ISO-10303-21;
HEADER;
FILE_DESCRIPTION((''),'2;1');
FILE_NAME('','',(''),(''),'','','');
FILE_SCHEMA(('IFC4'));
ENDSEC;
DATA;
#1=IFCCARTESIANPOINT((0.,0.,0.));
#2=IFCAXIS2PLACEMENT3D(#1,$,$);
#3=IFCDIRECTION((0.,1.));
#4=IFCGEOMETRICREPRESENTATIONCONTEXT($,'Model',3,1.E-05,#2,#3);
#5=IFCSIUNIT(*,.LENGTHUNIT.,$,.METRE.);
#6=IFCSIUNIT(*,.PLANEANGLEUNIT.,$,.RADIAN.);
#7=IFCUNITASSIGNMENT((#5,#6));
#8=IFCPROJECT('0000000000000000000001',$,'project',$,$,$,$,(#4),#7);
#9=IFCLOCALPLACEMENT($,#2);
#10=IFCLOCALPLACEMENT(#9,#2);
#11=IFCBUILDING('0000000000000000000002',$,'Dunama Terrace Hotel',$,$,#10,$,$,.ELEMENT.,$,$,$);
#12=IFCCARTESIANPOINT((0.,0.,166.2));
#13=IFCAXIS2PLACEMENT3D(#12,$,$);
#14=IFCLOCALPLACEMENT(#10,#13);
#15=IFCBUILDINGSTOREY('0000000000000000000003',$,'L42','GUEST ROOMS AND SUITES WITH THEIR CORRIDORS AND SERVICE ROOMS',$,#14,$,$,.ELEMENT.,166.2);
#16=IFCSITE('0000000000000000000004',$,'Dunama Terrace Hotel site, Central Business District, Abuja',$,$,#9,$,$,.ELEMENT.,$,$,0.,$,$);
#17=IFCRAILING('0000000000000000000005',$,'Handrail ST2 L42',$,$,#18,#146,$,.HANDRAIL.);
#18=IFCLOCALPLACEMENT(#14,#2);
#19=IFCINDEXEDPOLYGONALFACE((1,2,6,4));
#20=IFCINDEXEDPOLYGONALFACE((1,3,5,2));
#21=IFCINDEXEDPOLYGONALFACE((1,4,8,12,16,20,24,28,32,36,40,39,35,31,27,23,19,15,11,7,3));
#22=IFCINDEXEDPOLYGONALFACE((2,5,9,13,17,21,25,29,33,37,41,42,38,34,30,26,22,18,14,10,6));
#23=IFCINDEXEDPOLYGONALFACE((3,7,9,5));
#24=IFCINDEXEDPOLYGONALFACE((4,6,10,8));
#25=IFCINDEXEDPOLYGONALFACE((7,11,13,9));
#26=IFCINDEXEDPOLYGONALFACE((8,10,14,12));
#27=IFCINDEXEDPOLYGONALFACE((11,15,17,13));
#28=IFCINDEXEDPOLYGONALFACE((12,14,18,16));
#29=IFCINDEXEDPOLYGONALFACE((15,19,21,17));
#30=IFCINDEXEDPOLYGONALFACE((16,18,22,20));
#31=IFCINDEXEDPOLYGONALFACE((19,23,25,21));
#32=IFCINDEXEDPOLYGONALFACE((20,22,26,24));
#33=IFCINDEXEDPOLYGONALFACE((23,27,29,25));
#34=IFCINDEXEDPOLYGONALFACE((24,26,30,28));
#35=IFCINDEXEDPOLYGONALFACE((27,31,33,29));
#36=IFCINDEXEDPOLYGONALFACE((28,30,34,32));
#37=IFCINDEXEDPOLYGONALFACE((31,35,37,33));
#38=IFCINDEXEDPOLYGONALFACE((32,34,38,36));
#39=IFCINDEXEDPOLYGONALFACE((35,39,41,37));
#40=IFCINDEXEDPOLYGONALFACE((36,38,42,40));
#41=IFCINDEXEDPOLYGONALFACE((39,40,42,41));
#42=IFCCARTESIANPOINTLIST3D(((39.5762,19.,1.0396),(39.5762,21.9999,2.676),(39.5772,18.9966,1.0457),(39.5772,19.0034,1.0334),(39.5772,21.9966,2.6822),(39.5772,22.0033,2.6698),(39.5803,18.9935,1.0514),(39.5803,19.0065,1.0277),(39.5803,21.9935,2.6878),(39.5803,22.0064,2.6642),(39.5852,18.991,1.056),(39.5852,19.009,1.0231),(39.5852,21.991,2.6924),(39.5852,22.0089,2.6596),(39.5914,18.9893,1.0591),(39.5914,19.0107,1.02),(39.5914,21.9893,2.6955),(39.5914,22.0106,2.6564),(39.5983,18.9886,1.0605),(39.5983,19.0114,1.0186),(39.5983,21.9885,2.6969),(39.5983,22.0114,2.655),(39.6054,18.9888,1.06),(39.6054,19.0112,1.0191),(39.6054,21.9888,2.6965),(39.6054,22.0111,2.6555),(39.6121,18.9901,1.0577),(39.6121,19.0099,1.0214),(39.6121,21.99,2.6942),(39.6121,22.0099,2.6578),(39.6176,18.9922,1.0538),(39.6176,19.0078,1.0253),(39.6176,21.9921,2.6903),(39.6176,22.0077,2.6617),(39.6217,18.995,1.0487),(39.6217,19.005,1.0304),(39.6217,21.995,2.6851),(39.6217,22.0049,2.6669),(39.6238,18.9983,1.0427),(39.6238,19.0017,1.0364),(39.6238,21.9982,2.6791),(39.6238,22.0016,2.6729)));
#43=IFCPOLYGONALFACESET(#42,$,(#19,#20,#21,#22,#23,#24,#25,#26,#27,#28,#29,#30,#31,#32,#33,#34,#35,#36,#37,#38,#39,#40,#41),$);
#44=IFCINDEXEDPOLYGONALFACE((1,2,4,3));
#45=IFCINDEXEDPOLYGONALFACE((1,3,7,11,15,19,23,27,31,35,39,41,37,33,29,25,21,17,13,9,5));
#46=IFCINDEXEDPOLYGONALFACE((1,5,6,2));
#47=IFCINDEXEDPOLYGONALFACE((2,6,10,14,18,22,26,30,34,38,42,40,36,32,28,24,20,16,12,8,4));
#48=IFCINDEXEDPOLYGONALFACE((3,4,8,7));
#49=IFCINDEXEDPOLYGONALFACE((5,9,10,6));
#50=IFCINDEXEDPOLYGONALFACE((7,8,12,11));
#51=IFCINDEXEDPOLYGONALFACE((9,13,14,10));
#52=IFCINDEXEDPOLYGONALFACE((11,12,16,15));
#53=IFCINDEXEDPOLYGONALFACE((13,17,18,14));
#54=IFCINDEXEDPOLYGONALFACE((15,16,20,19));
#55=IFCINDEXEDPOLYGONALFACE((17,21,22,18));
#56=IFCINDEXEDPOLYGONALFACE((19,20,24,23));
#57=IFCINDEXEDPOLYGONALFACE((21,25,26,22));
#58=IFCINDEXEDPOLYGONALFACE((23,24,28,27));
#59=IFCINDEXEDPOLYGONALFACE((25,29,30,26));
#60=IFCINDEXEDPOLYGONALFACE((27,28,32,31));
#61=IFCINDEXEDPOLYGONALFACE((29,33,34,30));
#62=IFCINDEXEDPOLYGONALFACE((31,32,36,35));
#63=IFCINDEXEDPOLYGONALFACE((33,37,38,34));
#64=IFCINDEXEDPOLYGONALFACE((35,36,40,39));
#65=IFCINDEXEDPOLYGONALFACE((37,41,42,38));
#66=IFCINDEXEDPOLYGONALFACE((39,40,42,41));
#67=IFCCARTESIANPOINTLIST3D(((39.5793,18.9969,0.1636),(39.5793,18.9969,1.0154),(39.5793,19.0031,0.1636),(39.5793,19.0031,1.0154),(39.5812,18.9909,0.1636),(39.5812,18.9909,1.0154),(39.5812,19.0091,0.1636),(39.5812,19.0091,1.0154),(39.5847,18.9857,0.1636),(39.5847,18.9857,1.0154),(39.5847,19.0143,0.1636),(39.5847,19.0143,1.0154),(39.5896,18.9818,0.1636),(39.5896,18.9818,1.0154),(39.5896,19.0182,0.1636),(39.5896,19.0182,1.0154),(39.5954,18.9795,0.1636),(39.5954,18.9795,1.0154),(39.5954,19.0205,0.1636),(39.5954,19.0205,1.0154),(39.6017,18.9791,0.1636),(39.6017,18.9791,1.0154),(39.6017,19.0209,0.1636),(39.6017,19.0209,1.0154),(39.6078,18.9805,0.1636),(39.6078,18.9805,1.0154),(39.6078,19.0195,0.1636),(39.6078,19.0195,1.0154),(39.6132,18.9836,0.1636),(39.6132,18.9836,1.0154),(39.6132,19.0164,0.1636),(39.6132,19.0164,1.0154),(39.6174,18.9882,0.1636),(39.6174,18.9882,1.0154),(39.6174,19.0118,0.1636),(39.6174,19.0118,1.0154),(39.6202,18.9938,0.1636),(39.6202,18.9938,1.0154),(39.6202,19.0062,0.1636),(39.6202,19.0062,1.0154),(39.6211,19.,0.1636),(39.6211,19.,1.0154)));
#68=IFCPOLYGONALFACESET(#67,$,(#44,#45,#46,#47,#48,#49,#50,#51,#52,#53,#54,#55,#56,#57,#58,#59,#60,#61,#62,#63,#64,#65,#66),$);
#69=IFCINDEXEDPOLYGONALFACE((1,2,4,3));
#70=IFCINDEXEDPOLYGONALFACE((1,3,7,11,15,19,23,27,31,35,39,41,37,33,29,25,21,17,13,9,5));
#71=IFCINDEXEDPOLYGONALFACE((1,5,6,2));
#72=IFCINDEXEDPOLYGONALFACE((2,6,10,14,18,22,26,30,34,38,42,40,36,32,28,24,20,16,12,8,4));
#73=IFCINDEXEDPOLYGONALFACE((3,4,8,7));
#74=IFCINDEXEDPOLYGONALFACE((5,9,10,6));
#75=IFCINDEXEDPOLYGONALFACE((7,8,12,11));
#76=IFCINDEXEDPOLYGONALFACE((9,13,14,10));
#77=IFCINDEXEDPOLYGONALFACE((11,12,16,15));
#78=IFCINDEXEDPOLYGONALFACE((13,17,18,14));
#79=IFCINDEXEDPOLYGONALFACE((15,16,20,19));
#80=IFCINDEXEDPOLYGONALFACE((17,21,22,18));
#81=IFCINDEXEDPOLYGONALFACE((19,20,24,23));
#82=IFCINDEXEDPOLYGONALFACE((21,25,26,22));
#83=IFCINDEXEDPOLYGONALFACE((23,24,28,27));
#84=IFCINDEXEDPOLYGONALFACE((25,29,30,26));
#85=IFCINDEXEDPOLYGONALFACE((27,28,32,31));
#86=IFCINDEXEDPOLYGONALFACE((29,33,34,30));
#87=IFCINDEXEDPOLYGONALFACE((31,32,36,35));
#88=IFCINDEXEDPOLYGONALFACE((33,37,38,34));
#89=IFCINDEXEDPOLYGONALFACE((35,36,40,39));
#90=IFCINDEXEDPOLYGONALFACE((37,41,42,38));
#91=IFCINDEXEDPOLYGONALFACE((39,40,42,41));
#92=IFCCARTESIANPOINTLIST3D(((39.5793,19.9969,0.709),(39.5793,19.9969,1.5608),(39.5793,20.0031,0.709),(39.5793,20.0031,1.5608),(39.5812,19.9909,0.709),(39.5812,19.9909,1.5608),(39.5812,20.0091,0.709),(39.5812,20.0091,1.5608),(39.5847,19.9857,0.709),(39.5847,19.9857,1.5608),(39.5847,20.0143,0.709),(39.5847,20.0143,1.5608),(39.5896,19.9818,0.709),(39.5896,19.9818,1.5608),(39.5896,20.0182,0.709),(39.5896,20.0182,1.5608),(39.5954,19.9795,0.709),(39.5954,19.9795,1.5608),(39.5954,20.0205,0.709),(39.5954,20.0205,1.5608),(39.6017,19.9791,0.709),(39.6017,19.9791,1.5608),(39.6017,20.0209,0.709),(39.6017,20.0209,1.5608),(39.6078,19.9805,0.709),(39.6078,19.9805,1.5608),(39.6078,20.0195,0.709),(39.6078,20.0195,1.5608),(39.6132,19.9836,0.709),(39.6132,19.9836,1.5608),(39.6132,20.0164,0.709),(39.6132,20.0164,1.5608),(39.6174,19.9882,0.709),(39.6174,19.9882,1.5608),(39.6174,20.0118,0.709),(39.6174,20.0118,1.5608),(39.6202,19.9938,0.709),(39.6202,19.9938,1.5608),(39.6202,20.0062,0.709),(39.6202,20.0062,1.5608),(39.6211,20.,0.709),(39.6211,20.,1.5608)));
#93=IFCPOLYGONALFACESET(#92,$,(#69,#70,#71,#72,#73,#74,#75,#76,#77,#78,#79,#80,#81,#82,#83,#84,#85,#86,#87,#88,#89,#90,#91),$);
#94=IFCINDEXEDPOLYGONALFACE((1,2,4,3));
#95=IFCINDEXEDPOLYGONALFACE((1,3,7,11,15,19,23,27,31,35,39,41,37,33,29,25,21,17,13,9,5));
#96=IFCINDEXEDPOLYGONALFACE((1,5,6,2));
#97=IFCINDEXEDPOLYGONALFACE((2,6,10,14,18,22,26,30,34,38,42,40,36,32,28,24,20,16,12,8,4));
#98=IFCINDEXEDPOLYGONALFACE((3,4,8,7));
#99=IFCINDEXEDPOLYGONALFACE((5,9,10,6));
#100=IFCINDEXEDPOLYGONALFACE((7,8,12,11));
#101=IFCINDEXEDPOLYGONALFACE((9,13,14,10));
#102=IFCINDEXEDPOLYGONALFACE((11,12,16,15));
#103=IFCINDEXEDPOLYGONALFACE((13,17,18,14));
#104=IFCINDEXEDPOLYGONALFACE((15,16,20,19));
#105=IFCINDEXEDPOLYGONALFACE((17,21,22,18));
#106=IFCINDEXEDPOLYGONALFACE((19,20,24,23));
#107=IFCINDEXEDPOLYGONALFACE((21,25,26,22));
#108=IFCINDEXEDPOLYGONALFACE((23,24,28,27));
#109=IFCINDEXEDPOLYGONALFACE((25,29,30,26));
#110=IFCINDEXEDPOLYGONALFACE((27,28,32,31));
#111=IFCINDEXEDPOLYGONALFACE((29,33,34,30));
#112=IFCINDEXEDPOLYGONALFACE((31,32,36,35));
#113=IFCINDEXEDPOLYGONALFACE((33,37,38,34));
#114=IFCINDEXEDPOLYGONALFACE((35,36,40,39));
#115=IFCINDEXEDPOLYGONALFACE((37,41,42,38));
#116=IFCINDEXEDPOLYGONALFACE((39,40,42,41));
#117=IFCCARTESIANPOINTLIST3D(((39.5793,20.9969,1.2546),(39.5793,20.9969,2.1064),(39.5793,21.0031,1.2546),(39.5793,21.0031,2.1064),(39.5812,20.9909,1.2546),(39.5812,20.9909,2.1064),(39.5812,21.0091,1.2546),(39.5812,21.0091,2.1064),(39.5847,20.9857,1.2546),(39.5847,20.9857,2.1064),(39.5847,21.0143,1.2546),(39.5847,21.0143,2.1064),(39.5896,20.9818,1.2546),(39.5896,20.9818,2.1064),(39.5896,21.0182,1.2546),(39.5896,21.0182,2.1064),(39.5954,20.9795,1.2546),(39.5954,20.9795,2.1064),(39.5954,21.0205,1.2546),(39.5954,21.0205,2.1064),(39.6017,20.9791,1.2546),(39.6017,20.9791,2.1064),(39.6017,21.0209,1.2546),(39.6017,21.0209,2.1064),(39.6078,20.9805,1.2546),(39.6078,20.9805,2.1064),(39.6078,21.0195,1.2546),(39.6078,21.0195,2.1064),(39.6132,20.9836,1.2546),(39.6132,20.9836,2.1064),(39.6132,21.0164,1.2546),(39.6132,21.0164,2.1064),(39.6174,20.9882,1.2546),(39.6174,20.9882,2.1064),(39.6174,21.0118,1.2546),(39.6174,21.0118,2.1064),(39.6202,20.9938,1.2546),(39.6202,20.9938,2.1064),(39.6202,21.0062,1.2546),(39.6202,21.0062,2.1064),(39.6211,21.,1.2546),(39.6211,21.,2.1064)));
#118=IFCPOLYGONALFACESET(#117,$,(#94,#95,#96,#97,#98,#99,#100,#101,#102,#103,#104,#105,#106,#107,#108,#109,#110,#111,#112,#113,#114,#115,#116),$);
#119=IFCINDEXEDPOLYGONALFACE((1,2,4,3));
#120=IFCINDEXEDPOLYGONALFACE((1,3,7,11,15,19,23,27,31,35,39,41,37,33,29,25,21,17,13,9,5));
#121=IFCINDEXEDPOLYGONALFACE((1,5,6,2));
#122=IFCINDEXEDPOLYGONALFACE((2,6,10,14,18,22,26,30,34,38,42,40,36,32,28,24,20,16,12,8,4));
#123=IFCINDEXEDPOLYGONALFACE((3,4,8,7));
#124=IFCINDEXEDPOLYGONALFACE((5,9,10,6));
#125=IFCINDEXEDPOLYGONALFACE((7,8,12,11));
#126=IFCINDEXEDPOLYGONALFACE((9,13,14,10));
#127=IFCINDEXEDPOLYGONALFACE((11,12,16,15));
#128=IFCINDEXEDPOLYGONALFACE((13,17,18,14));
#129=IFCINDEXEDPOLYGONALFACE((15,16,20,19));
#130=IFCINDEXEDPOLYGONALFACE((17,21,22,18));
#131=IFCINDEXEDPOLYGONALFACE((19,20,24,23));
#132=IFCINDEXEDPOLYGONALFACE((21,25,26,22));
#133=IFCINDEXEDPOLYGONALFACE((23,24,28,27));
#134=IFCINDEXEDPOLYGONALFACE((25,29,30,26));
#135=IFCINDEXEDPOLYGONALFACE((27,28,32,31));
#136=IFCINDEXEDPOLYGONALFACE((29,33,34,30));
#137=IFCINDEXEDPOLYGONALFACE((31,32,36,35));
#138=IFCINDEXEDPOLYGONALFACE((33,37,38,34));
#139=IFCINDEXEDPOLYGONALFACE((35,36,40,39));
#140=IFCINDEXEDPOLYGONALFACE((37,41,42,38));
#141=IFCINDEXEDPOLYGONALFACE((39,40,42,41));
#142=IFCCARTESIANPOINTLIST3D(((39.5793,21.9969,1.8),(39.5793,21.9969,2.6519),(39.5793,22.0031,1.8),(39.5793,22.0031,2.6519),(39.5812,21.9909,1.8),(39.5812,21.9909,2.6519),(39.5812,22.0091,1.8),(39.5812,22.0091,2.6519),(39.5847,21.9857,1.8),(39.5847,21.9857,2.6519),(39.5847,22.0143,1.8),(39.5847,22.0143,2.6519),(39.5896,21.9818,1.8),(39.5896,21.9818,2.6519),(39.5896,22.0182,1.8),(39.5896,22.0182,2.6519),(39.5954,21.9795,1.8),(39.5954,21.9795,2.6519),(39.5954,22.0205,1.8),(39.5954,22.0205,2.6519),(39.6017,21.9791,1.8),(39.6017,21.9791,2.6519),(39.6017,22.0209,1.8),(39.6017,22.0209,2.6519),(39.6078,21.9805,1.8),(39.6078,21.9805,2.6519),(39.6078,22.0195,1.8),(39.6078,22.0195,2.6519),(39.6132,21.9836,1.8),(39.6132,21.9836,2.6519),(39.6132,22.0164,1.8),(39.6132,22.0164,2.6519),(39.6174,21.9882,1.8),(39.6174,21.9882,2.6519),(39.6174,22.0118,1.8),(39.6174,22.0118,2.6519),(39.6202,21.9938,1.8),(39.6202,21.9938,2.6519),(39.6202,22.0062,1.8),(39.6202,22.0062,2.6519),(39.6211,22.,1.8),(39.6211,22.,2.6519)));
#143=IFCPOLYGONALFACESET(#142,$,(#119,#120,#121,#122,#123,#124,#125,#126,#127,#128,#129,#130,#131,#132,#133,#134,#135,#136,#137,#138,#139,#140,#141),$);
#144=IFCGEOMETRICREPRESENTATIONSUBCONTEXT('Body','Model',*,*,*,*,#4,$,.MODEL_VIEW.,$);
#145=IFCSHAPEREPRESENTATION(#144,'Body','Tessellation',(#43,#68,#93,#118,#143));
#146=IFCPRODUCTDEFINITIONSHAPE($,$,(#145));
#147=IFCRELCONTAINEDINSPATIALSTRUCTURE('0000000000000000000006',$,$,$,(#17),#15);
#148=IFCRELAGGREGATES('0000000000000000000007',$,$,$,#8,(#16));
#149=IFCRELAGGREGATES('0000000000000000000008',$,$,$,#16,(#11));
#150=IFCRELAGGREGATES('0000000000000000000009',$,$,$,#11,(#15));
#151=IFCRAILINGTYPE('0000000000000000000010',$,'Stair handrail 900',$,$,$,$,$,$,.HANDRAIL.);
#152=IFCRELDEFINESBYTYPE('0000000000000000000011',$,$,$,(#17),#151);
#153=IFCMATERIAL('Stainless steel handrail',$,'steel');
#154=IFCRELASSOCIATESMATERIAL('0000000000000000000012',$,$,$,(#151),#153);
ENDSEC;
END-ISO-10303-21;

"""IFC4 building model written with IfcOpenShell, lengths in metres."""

from ifc_helpers import new_model, si_unit, direction, frame, origin, origin_2d, place, context, subcontext, project, spatial, circle, extrude, material, type_object, element, save


model = new_model("IFC4")

# Units and contexts
model_context = context("Model", 3, precision=1e-05, world=origin(), true_north=direction((0.0, 1.0)))
body_context = subcontext(model_context, "Body", "Model", "MODEL_VIEW")
ifc_project = project(units=[si_unit("LENGTHUNIT", "METRE"), si_unit("PLANEANGLEUNIT", "RADIAN")], contexts=[model_context])

# Site, building, storey
site_placement = place(None, origin())
site = spatial("IfcSite", under=ifc_project, at=site_placement, Name="Dunama Terrace Hotel site, Central Business District, Abuja", CompositionType="ELEMENT", RefElevation=0.0)
building_placement = place(site_placement, origin())
building = spatial("IfcBuilding", under=site, at=building_placement, Name="Dunama Terrace Hotel", CompositionType="ELEMENT")
storey_placement = place(building_placement, frame((0.0, 0.0, 166.2)))
storey = spatial("IfcBuildingStorey", under=building, at=storey_placement, Name="L42", Description="GUEST ROOMS AND SUITES WITH THEIR CORRIDORS AND SERVICE ROOMS", CompositionType="ELEMENT", Elevation=166.2)

# Railing
ifc_material_1 = material(Name="Stainless steel handrail", Category="steel")
railing_type_1 = type_object("IfcRailingType", Name="Stair handrail 900", PredefinedType="HANDRAIL", material=ifc_material_1)
railing_1_placement = place(storey_placement, frame((39.6001, 19.0, 0.1636)))
element("IfcRailing", 1, at=railing_1_placement, inside=storey, type_object=railing_type_1, Name="Handrail ST2 L42", PredefinedType="HANDRAIL", context=body_context, shape_type="SweptSolid", body=[
    extrude(circle(Radius=0.0239, at=origin_2d()), frame((0.0, 0.0, 0.876), z_axis=(0.0, 0.877882, 0.478877), x_axis=(-1.0, 0.0, 0.0)), (0.0, 0.0, 1.0), 3.4172),
    extrude(circle(Radius=0.021, at=origin_2d()), origin(), (0.0, 0.0, 1.0), 0.8518),
    extrude(circle(Radius=0.021, at=origin_2d()), frame((0.0, 1.0, 0.5454)), (0.0, 0.0, 1.0), 0.8518),
    extrude(circle(Radius=0.021, at=origin_2d()), frame((0.0, 2.0, 1.0911)), (0.0, 0.0, 1.0), 0.8518),
    extrude(circle(Radius=0.021, at=origin_2d()), frame((0.0, 3.0, 1.6365)), (0.0, 0.0, 1.0), 0.8518),
])

save(model, "model.ifc")
